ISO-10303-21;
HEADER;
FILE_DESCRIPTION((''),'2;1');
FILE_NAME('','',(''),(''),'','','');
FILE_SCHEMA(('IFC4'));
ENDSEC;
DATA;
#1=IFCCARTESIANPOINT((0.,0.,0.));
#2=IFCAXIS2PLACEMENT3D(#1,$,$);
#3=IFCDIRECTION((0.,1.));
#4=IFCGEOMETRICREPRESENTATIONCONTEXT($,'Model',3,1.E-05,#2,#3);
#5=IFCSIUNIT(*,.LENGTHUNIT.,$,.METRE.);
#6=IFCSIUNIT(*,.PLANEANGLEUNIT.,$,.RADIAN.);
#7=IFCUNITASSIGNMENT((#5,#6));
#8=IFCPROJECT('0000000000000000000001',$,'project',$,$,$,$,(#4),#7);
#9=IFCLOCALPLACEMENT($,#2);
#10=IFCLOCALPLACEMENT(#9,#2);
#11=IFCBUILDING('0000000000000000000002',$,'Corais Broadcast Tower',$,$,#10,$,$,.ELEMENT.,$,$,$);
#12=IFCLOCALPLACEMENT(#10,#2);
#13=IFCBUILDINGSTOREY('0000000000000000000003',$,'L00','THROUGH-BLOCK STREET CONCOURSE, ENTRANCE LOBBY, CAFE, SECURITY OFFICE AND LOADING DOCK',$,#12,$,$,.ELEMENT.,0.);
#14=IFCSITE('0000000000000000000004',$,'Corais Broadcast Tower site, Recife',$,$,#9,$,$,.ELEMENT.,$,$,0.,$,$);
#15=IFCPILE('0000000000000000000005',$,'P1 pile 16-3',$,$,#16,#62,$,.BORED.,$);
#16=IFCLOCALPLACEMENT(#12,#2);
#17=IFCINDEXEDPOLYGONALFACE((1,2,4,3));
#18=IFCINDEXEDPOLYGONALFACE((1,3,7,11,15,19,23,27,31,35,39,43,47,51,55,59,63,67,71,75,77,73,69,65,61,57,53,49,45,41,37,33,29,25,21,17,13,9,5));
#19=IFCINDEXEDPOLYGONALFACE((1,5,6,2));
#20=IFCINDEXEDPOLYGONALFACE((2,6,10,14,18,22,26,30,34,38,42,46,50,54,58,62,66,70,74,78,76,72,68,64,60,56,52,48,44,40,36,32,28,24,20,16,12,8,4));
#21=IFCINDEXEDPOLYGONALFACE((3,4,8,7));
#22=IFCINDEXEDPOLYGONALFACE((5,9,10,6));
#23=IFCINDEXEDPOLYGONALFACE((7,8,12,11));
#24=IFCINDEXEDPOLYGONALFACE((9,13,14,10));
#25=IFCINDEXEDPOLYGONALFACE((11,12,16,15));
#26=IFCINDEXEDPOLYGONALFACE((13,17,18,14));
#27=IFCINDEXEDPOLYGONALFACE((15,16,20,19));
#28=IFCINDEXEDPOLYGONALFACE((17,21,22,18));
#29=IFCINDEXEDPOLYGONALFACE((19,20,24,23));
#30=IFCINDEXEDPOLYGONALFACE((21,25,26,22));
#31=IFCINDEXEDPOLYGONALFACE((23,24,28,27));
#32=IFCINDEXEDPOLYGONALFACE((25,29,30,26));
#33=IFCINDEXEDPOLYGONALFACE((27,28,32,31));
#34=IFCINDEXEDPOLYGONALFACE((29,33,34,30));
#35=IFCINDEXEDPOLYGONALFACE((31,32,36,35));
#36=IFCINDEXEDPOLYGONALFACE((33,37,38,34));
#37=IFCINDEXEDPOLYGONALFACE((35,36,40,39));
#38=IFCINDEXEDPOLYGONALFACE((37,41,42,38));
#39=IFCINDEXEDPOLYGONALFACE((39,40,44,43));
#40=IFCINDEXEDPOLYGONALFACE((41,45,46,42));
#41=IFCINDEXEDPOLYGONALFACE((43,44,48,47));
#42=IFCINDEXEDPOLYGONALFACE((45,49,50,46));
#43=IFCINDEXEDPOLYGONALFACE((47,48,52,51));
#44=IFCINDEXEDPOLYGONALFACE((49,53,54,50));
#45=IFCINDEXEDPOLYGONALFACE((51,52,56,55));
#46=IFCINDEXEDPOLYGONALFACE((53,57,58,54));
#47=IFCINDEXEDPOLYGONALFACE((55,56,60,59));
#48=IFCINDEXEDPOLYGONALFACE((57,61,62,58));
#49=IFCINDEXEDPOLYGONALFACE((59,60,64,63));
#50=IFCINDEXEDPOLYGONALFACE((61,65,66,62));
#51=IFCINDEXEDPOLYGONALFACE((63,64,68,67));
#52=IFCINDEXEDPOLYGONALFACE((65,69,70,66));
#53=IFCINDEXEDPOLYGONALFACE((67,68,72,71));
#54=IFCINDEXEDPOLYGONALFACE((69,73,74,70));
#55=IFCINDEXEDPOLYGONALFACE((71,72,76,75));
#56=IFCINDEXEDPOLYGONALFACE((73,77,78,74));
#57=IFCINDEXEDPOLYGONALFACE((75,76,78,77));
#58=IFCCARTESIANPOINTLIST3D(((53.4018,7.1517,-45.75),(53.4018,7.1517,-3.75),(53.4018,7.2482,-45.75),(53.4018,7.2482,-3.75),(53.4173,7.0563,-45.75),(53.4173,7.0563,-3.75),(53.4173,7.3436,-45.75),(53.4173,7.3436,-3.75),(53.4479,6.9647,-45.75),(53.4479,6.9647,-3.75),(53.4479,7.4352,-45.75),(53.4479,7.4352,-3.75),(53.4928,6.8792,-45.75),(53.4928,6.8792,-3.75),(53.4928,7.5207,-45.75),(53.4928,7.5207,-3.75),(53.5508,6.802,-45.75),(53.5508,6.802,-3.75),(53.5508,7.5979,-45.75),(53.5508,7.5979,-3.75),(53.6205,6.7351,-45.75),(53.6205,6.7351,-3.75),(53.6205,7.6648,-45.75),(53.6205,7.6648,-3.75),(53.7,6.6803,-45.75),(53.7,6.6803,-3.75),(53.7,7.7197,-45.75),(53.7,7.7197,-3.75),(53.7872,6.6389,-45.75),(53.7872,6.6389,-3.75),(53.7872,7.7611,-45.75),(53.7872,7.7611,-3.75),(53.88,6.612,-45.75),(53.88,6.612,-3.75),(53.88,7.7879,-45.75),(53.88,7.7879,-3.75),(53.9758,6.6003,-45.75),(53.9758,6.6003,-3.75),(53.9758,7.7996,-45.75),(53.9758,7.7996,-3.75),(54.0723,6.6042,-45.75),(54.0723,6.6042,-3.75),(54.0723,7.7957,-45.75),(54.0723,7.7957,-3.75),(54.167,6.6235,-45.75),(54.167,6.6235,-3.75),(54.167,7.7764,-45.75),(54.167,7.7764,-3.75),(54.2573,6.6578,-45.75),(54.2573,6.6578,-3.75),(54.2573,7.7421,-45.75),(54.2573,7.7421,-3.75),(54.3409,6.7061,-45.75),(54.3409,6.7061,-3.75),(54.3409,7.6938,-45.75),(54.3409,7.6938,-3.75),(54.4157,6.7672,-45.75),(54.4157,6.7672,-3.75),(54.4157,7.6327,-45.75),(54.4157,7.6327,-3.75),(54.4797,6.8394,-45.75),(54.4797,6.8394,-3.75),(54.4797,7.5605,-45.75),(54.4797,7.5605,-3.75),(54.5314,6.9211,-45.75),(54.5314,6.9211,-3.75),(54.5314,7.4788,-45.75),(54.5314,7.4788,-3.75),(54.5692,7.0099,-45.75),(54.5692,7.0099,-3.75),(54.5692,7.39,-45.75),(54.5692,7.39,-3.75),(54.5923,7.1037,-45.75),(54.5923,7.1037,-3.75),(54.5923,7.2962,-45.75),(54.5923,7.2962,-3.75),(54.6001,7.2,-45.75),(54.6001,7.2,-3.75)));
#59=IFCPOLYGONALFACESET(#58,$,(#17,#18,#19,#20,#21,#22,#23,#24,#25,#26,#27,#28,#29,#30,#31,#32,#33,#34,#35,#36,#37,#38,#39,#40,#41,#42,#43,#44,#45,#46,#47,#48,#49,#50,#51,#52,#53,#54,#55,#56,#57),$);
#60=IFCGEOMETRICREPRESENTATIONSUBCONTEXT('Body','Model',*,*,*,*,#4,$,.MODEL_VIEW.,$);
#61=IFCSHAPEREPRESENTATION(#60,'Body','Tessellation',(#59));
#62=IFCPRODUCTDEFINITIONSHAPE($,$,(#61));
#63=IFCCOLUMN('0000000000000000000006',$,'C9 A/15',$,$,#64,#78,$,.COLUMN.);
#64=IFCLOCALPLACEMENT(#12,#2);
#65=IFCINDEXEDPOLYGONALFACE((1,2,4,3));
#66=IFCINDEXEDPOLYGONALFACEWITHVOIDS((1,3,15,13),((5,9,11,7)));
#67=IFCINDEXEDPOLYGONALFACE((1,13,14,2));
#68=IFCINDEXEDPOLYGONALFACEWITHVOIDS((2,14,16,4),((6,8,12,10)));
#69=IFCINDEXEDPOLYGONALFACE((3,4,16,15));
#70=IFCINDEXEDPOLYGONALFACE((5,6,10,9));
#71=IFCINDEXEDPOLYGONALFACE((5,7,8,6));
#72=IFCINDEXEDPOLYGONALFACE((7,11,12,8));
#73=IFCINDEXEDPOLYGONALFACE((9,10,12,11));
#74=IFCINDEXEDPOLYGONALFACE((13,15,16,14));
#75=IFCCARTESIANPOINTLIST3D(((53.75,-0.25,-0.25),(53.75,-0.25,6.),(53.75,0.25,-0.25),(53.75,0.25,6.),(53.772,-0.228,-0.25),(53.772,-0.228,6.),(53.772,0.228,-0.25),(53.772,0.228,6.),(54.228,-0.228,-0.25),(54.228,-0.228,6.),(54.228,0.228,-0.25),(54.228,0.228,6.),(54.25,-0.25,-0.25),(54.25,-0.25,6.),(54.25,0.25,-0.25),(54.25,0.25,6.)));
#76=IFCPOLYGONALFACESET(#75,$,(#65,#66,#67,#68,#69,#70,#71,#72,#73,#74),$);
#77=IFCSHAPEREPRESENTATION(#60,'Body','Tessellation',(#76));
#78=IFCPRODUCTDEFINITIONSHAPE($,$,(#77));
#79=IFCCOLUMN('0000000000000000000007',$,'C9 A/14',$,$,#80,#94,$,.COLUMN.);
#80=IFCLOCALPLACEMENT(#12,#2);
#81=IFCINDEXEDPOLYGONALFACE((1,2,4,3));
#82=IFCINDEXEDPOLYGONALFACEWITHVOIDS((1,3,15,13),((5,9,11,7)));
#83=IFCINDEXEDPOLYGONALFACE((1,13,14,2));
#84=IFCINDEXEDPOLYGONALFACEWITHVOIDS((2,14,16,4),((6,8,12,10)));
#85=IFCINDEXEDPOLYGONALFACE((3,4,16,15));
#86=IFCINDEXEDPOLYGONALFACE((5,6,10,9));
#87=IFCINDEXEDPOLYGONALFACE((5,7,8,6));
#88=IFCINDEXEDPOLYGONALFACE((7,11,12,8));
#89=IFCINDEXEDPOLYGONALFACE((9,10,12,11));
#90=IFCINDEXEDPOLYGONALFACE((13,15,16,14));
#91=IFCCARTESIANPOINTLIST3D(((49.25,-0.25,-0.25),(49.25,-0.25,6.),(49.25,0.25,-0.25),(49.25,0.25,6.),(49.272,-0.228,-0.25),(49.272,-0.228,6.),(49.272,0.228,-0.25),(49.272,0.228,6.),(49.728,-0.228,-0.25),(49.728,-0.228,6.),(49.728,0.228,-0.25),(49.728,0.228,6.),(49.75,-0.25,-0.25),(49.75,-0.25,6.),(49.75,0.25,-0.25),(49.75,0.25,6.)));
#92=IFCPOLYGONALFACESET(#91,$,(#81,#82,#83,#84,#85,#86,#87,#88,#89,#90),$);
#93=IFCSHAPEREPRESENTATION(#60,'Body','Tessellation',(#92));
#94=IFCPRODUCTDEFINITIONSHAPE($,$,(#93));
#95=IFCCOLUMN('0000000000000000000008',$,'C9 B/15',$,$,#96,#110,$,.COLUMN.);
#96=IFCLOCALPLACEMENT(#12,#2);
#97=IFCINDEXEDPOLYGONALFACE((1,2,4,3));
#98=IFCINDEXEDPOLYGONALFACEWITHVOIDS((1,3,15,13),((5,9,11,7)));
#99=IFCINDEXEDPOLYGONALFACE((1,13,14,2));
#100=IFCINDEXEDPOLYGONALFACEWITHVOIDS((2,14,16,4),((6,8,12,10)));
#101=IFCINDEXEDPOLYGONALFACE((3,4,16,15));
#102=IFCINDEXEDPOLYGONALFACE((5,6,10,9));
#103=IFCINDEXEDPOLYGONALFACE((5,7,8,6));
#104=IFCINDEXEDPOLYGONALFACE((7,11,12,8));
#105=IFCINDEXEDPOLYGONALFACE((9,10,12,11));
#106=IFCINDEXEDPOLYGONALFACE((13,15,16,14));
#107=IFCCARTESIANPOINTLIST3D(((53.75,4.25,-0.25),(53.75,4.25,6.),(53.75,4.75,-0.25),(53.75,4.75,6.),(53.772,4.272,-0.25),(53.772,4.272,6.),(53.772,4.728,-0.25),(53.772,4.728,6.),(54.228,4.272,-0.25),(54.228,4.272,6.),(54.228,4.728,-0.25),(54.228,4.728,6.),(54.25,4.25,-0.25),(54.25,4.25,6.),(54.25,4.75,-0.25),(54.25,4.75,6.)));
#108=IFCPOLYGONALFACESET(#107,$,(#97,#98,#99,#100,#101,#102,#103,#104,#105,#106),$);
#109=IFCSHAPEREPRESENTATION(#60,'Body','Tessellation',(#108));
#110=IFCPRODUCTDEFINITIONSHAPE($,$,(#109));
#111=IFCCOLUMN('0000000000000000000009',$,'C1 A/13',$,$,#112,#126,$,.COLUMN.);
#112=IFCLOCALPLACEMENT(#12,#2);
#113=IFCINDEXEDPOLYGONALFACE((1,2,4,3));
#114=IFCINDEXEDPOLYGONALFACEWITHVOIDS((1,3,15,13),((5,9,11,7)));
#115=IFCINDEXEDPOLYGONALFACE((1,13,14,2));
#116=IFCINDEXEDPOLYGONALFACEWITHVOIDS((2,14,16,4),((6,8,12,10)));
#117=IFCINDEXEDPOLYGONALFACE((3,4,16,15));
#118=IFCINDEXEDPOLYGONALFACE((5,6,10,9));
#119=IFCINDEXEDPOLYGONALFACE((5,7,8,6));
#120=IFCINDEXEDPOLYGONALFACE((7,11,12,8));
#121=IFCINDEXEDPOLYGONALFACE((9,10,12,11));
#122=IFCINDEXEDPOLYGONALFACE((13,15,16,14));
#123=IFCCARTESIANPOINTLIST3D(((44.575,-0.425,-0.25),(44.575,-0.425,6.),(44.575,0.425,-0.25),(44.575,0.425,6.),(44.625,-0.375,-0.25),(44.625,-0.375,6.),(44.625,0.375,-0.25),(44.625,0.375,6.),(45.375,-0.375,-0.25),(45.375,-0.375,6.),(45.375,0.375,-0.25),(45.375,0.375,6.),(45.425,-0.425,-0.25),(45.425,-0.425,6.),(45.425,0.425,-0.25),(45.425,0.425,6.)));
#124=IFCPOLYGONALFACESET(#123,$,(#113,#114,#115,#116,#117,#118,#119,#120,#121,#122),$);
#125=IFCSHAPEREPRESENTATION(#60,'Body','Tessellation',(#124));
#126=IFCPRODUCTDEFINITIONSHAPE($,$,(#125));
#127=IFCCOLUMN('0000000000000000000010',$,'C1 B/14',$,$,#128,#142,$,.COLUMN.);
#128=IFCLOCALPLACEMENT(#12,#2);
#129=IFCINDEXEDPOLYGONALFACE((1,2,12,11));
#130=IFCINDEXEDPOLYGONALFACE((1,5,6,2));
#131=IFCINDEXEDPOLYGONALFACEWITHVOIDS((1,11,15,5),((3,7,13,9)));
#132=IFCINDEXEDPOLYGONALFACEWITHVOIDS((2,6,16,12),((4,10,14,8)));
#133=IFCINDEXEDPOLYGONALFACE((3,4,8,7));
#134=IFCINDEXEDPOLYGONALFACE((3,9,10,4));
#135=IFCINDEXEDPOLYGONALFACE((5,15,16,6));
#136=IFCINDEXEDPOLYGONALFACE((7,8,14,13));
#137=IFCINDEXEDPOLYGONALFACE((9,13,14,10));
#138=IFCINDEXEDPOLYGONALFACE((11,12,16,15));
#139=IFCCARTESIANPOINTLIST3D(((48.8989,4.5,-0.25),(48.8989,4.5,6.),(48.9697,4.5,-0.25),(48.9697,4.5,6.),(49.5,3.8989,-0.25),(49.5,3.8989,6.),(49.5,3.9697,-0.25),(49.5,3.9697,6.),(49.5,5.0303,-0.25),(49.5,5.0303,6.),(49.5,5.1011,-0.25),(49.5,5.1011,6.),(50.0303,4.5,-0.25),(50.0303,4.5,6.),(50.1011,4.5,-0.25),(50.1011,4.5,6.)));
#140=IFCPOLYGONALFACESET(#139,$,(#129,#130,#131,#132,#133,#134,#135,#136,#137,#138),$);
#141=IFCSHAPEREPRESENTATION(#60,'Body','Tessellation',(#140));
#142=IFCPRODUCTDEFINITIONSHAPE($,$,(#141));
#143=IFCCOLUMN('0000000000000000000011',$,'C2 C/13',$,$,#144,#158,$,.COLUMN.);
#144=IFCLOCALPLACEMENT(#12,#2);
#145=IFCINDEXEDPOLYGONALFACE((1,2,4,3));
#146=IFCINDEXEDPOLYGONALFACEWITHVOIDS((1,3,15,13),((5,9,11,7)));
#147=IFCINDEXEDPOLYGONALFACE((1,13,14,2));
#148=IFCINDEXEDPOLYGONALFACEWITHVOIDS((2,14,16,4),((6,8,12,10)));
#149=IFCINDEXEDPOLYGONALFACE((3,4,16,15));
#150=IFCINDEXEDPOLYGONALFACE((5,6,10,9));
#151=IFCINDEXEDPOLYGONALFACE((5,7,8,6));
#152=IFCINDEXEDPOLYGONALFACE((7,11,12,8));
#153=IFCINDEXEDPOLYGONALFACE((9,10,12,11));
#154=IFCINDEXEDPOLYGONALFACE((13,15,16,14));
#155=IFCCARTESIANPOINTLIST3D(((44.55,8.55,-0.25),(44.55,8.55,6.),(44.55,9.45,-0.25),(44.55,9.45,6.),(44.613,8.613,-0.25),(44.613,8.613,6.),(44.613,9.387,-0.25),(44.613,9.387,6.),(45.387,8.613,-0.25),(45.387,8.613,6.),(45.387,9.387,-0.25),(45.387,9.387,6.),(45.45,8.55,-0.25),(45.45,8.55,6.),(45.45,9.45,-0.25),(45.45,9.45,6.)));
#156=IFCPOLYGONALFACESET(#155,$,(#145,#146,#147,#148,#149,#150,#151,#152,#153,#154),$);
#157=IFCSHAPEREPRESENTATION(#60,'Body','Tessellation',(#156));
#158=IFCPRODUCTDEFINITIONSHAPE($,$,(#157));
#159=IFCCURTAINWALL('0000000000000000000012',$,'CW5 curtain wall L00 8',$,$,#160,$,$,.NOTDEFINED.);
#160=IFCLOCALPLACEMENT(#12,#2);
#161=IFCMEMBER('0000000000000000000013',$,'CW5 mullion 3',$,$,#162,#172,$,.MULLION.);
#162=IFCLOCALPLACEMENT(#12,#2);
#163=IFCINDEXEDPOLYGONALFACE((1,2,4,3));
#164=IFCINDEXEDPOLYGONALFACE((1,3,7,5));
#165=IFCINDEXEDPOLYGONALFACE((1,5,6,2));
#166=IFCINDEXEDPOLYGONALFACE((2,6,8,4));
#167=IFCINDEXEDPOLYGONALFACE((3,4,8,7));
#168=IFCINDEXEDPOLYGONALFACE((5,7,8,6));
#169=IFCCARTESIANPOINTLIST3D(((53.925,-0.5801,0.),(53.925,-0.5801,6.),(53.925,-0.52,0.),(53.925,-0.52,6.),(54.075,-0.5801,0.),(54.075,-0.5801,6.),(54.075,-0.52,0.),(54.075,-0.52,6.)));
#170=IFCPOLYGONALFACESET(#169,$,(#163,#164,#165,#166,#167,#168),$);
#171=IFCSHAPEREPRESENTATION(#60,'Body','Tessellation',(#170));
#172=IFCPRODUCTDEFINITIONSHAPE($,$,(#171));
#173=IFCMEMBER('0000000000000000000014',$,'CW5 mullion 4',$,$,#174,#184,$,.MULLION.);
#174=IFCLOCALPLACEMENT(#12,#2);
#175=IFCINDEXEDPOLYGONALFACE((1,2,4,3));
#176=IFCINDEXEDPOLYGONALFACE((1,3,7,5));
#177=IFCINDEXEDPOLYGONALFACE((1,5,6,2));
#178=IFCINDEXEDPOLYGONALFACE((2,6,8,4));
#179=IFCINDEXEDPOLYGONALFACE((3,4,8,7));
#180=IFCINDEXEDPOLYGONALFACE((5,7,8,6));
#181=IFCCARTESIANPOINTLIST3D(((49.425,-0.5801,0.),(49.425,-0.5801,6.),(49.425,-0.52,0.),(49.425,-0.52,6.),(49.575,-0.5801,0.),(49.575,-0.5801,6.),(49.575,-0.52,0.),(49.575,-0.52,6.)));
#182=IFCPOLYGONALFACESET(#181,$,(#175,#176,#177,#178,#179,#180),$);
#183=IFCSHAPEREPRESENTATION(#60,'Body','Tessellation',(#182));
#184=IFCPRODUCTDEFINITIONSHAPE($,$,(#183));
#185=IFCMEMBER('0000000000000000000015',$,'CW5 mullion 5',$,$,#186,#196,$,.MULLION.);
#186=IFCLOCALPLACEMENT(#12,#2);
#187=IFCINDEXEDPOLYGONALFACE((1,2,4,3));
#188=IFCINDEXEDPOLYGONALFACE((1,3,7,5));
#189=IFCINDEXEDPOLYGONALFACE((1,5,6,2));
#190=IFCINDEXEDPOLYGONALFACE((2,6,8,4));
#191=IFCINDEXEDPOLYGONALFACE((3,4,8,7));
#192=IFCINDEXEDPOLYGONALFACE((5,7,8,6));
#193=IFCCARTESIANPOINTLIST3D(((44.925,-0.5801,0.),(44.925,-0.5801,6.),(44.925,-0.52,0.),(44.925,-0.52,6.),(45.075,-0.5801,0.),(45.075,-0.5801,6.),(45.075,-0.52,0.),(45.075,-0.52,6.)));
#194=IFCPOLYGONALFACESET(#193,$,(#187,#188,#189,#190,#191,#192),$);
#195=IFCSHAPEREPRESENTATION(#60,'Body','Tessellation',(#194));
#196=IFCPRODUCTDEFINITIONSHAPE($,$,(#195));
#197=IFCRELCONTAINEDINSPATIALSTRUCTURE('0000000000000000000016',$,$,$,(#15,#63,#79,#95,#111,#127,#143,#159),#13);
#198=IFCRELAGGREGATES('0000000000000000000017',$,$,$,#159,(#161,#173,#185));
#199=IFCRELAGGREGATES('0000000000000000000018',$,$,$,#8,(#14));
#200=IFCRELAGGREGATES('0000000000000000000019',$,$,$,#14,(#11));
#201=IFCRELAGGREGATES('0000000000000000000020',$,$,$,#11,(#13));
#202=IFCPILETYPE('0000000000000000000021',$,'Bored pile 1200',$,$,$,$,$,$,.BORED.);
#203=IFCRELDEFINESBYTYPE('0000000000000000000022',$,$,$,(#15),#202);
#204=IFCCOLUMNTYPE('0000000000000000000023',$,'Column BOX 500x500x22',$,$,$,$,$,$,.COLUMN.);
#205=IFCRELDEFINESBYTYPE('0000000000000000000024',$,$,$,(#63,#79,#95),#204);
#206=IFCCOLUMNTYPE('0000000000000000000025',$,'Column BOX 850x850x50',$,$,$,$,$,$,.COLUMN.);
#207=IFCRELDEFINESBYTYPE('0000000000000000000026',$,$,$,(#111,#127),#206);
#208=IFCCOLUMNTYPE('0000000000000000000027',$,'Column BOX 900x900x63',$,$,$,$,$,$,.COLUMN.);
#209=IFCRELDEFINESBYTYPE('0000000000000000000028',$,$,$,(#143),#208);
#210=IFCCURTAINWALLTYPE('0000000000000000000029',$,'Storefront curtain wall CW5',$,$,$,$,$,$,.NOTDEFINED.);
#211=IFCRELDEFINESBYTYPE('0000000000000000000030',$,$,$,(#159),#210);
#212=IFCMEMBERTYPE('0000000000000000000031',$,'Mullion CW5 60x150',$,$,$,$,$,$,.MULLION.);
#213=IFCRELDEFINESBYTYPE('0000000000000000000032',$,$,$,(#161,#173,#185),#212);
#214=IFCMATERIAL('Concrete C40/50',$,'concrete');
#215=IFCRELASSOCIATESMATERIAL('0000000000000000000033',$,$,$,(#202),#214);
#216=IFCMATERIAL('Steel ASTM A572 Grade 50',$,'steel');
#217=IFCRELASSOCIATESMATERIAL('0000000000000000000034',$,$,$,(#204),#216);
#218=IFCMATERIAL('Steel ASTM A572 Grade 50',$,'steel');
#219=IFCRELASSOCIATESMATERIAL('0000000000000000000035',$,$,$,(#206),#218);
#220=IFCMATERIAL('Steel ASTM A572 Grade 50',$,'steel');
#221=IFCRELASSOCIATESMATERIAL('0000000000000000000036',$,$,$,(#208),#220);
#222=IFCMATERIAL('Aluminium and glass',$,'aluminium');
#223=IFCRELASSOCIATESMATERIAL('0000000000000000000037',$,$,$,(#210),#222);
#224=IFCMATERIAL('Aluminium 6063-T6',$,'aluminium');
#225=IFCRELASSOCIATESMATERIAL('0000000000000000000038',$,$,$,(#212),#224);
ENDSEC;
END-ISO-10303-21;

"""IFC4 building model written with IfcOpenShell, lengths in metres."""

from ifc_helpers import new_model, si_unit, direction, frame, origin, origin_2d, place, context, subcontext, project, spatial, rectangle, hollow_rectangle, circle, extrude, material, material_profile, profile_set, type_object, element, aggregate, save


model = new_model("IFC4")

# Units and contexts
model_context = context("Model", 3, precision=1e-05, world=origin(), true_north=direction((0.0, 1.0)))
body_context = subcontext(model_context, "Body", "Model", "MODEL_VIEW")
ifc_project = project(units=[si_unit("LENGTHUNIT", "METRE"), si_unit("PLANEANGLEUNIT", "RADIAN")], contexts=[model_context])

# Site, building, storey
site_placement = place(None, origin())
site = spatial("IfcSite", under=ifc_project, at=site_placement, Name="Corais Broadcast Tower site, Recife", CompositionType="ELEMENT", RefElevation=0.0)
building_placement = place(site_placement, origin())
building = spatial("IfcBuilding", under=site, at=building_placement, Name="Corais Broadcast Tower", CompositionType="ELEMENT")
storey_placement = place(building_placement, origin())
storey = spatial("IfcBuildingStorey", under=building, at=storey_placement, Name="L00", Description="THROUGH-BLOCK STREET CONCOURSE, ENTRANCE LOBBY, CAFE, SECURITY OFFICE AND LOADING DOCK", CompositionType="ELEMENT", Elevation=0.0)

# Pile
ifc_material_1 = material(Name="Concrete C40/50", Category="concrete")
pile_type = type_object("IfcPileType", Name="Bored pile 1200", PredefinedType="BORED", material=ifc_material_1)
for number, where, z_axis, x_axis, name in (
    (1, (54.0, 7.2, -3.75), (0.0, 0.0, -1.0), (1.0, 0.0, 0.0), "P1 pile 16-3"),
):
    element("IfcPile", number, at=place(storey_placement, frame(where, z_axis=z_axis, x_axis=x_axis)), inside=storey, type_object=pile_type, Name=name, PredefinedType="BORED", context=body_context, shape_type="SweptSolid", body=[
        extrude(circle(Radius=0.6001, at=origin_2d()), origin(), (0.0, 0.0, 1.0), 42.0),
    ])

# Columns
ifc_material_2 = material(Name="Steel ASTM A572 Grade 50", Category="steel")
ifc_material_profile_1 = material_profile(ifc_material_2, hollow_rectangle(XDim=0.5, YDim=0.5, WallThickness=0.022, at=origin_2d()), Name="BOX 500x500x22")
ifc_profile_set_1 = profile_set([ifc_material_profile_1], Name="Steel ASTM A572 Grade 50")
column_type_1 = type_object("IfcColumnType", Name="Column BOX 500x500x22", PredefinedType="COLUMN", material=ifc_profile_set_1)
for number, where, z_axis, x_axis, name in (
    (2, (54.0, 0.0, -0.25), (0.0, 0.0, 1.0), (1.0, 0.0, 0.0), "C9 A/15"),
    (3, (49.5, 0.0, -0.25), (0.0, 0.0, 1.0), (1.0, 0.0, 0.0), "C9 A/14"),
    (4, (54.0, 4.5, -0.25), (0.0, 0.0, 1.0), (1.0, 0.0, 0.0), "C9 B/15"),
):
    element("IfcColumn", number, at=place(storey_placement, frame(where, z_axis=z_axis, x_axis=x_axis)), inside=storey, type_object=column_type_1, Name=name, PredefinedType="COLUMN", context=body_context, shape_type="SweptSolid", body=[
        extrude(hollow_rectangle(XDim=0.5, YDim=0.5, WallThickness=0.022, at=origin_2d()), origin(), (0.0, 0.0, 1.0), 6.25),
    ])
ifc_material_3 = material(Name="Steel ASTM A572 Grade 50", Category="steel")
ifc_material_profile_2 = material_profile(ifc_material_3, hollow_rectangle(XDim=0.8501, YDim=0.8501, WallThickness=0.05, at=origin_2d()), Name="BOX 850x850x50")
ifc_profile_set_2 = profile_set([ifc_material_profile_2], Name="Steel ASTM A572 Grade 50")
column_type_2 = type_object("IfcColumnType", Name="Column BOX 850x850x50", PredefinedType="COLUMN", material=ifc_profile_set_2)
for number, where, z_axis, x_axis, name in (
    (5, (45.0, 0.0, -0.25), (0.0, 0.0, 1.0), (1.0, 0.0, 0.0), "C1 A/13"),
    (6, (49.5, 4.5, -0.25), (0.0, 0.0, 1.0), (0.707107, 0.707107, 0.0), "C1 B/14"),
):
    element("IfcColumn", number, at=place(storey_placement, frame(where, z_axis=z_axis, x_axis=x_axis)), inside=storey, type_object=column_type_2, Name=name, PredefinedType="COLUMN", context=body_context, shape_type="SweptSolid", body=[
        extrude(hollow_rectangle(XDim=0.8501, YDim=0.8501, WallThickness=0.05, at=origin_2d()), origin(), (0.0, 0.0, 1.0), 6.25),
    ])
ifc_material_4 = material(Name="Steel ASTM A572 Grade 50", Category="steel")
ifc_material_profile_3 = material_profile(ifc_material_4, hollow_rectangle(XDim=0.8999, YDim=0.8999, WallThickness=0.063, at=origin_2d()), Name="BOX 900x900x63")
ifc_profile_set_3 = profile_set([ifc_material_profile_3], Name="Steel ASTM A572 Grade 50")
column_type_3 = type_object("IfcColumnType", Name="Column BOX 900x900x63", PredefinedType="COLUMN", material=ifc_profile_set_3)
column_placement = place(storey_placement, frame((45.0, 9.0, -0.25), z_axis=(0.0, 0.0, 1.0), x_axis=(1.0, 0.0, 0.0)))
element("IfcColumn", 7, at=column_placement, inside=storey, type_object=column_type_3, Name="C2 C/13", PredefinedType="COLUMN", context=body_context, shape_type="SweptSolid", body=[
    extrude(hollow_rectangle(XDim=0.8999, YDim=0.8999, WallThickness=0.063, at=origin_2d()), origin(), (0.0, 0.0, 1.0), 6.25),
])

# Curtain wall, members
ifc_material_5 = material(Name="Aluminium and glass", Category="aluminium")
curtain_wall_type = type_object("IfcCurtainWallType", Name="Storefront curtain wall CW5", PredefinedType="NOTDEFINED", material=ifc_material_5)
curtain_wall_placement = place(storey_placement, origin())
curtain_wall = element("IfcCurtainWall", 8, at=curtain_wall_placement, inside=storey, type_object=curtain_wall_type, Name="CW5 curtain wall L00 8", PredefinedType="NOTDEFINED")
ifc_material_6 = material(Name="Aluminium 6063-T6", Category="aluminium")
ifc_material_profile_4 = material_profile(ifc_material_6, rectangle(XDim=0.0601, YDim=0.1499, at=origin_2d()), Name="Mullion CW5 60x150")
ifc_profile_set_4 = profile_set([ifc_material_profile_4], Name="Aluminium 6063-T6")
member_type_1 = type_object("IfcMemberType", Name="Mullion CW5 60x150", PredefinedType="MULLION", material=ifc_profile_set_4)
member_1_placement = place(storey_placement, frame((54.0, -0.55, 0.0), z_axis=(0.0, 0.0, 1.0), x_axis=(0.0, -1.0, 0.0)))
member_1 = element("IfcMember", 9, at=member_1_placement, type_object=member_type_1, Name="CW5 mullion 3", PredefinedType="MULLION", context=body_context, shape_type="SweptSolid", body=[
    extrude(rectangle(XDim=0.0601, YDim=0.1499, at=origin_2d()), origin(), (0.0, 0.0, 1.0), 6.0),
])
member_2_placement = place(storey_placement, frame((49.5, -0.55, 0.0), z_axis=(0.0, 0.0, 1.0), x_axis=(0.0, -1.0, 0.0)))
member_2 = element("IfcMember", 10, at=member_2_placement, type_object=member_type_1, Name="CW5 mullion 4", PredefinedType="MULLION", context=body_context, shape_type="SweptSolid", body=[
    extrude(rectangle(XDim=0.0601, YDim=0.1499, at=origin_2d()), origin(), (0.0, 0.0, 1.0), 6.0),
])
member_3_placement = place(storey_placement, frame((45.0, -0.55, 0.0), z_axis=(0.0, 0.0, 1.0), x_axis=(0.0, -1.0, 0.0)))
member_3 = element("IfcMember", 11, at=member_3_placement, type_object=member_type_1, Name="CW5 mullion 5", PredefinedType="MULLION", context=body_context, shape_type="SweptSolid", body=[
    extrude(rectangle(XDim=0.0601, YDim=0.1499, at=origin_2d()), origin(), (0.0, 0.0, 1.0), 6.0),
])
aggregate(curtain_wall, [member_1, member_2, member_3])

save(model, "model.ifc")
